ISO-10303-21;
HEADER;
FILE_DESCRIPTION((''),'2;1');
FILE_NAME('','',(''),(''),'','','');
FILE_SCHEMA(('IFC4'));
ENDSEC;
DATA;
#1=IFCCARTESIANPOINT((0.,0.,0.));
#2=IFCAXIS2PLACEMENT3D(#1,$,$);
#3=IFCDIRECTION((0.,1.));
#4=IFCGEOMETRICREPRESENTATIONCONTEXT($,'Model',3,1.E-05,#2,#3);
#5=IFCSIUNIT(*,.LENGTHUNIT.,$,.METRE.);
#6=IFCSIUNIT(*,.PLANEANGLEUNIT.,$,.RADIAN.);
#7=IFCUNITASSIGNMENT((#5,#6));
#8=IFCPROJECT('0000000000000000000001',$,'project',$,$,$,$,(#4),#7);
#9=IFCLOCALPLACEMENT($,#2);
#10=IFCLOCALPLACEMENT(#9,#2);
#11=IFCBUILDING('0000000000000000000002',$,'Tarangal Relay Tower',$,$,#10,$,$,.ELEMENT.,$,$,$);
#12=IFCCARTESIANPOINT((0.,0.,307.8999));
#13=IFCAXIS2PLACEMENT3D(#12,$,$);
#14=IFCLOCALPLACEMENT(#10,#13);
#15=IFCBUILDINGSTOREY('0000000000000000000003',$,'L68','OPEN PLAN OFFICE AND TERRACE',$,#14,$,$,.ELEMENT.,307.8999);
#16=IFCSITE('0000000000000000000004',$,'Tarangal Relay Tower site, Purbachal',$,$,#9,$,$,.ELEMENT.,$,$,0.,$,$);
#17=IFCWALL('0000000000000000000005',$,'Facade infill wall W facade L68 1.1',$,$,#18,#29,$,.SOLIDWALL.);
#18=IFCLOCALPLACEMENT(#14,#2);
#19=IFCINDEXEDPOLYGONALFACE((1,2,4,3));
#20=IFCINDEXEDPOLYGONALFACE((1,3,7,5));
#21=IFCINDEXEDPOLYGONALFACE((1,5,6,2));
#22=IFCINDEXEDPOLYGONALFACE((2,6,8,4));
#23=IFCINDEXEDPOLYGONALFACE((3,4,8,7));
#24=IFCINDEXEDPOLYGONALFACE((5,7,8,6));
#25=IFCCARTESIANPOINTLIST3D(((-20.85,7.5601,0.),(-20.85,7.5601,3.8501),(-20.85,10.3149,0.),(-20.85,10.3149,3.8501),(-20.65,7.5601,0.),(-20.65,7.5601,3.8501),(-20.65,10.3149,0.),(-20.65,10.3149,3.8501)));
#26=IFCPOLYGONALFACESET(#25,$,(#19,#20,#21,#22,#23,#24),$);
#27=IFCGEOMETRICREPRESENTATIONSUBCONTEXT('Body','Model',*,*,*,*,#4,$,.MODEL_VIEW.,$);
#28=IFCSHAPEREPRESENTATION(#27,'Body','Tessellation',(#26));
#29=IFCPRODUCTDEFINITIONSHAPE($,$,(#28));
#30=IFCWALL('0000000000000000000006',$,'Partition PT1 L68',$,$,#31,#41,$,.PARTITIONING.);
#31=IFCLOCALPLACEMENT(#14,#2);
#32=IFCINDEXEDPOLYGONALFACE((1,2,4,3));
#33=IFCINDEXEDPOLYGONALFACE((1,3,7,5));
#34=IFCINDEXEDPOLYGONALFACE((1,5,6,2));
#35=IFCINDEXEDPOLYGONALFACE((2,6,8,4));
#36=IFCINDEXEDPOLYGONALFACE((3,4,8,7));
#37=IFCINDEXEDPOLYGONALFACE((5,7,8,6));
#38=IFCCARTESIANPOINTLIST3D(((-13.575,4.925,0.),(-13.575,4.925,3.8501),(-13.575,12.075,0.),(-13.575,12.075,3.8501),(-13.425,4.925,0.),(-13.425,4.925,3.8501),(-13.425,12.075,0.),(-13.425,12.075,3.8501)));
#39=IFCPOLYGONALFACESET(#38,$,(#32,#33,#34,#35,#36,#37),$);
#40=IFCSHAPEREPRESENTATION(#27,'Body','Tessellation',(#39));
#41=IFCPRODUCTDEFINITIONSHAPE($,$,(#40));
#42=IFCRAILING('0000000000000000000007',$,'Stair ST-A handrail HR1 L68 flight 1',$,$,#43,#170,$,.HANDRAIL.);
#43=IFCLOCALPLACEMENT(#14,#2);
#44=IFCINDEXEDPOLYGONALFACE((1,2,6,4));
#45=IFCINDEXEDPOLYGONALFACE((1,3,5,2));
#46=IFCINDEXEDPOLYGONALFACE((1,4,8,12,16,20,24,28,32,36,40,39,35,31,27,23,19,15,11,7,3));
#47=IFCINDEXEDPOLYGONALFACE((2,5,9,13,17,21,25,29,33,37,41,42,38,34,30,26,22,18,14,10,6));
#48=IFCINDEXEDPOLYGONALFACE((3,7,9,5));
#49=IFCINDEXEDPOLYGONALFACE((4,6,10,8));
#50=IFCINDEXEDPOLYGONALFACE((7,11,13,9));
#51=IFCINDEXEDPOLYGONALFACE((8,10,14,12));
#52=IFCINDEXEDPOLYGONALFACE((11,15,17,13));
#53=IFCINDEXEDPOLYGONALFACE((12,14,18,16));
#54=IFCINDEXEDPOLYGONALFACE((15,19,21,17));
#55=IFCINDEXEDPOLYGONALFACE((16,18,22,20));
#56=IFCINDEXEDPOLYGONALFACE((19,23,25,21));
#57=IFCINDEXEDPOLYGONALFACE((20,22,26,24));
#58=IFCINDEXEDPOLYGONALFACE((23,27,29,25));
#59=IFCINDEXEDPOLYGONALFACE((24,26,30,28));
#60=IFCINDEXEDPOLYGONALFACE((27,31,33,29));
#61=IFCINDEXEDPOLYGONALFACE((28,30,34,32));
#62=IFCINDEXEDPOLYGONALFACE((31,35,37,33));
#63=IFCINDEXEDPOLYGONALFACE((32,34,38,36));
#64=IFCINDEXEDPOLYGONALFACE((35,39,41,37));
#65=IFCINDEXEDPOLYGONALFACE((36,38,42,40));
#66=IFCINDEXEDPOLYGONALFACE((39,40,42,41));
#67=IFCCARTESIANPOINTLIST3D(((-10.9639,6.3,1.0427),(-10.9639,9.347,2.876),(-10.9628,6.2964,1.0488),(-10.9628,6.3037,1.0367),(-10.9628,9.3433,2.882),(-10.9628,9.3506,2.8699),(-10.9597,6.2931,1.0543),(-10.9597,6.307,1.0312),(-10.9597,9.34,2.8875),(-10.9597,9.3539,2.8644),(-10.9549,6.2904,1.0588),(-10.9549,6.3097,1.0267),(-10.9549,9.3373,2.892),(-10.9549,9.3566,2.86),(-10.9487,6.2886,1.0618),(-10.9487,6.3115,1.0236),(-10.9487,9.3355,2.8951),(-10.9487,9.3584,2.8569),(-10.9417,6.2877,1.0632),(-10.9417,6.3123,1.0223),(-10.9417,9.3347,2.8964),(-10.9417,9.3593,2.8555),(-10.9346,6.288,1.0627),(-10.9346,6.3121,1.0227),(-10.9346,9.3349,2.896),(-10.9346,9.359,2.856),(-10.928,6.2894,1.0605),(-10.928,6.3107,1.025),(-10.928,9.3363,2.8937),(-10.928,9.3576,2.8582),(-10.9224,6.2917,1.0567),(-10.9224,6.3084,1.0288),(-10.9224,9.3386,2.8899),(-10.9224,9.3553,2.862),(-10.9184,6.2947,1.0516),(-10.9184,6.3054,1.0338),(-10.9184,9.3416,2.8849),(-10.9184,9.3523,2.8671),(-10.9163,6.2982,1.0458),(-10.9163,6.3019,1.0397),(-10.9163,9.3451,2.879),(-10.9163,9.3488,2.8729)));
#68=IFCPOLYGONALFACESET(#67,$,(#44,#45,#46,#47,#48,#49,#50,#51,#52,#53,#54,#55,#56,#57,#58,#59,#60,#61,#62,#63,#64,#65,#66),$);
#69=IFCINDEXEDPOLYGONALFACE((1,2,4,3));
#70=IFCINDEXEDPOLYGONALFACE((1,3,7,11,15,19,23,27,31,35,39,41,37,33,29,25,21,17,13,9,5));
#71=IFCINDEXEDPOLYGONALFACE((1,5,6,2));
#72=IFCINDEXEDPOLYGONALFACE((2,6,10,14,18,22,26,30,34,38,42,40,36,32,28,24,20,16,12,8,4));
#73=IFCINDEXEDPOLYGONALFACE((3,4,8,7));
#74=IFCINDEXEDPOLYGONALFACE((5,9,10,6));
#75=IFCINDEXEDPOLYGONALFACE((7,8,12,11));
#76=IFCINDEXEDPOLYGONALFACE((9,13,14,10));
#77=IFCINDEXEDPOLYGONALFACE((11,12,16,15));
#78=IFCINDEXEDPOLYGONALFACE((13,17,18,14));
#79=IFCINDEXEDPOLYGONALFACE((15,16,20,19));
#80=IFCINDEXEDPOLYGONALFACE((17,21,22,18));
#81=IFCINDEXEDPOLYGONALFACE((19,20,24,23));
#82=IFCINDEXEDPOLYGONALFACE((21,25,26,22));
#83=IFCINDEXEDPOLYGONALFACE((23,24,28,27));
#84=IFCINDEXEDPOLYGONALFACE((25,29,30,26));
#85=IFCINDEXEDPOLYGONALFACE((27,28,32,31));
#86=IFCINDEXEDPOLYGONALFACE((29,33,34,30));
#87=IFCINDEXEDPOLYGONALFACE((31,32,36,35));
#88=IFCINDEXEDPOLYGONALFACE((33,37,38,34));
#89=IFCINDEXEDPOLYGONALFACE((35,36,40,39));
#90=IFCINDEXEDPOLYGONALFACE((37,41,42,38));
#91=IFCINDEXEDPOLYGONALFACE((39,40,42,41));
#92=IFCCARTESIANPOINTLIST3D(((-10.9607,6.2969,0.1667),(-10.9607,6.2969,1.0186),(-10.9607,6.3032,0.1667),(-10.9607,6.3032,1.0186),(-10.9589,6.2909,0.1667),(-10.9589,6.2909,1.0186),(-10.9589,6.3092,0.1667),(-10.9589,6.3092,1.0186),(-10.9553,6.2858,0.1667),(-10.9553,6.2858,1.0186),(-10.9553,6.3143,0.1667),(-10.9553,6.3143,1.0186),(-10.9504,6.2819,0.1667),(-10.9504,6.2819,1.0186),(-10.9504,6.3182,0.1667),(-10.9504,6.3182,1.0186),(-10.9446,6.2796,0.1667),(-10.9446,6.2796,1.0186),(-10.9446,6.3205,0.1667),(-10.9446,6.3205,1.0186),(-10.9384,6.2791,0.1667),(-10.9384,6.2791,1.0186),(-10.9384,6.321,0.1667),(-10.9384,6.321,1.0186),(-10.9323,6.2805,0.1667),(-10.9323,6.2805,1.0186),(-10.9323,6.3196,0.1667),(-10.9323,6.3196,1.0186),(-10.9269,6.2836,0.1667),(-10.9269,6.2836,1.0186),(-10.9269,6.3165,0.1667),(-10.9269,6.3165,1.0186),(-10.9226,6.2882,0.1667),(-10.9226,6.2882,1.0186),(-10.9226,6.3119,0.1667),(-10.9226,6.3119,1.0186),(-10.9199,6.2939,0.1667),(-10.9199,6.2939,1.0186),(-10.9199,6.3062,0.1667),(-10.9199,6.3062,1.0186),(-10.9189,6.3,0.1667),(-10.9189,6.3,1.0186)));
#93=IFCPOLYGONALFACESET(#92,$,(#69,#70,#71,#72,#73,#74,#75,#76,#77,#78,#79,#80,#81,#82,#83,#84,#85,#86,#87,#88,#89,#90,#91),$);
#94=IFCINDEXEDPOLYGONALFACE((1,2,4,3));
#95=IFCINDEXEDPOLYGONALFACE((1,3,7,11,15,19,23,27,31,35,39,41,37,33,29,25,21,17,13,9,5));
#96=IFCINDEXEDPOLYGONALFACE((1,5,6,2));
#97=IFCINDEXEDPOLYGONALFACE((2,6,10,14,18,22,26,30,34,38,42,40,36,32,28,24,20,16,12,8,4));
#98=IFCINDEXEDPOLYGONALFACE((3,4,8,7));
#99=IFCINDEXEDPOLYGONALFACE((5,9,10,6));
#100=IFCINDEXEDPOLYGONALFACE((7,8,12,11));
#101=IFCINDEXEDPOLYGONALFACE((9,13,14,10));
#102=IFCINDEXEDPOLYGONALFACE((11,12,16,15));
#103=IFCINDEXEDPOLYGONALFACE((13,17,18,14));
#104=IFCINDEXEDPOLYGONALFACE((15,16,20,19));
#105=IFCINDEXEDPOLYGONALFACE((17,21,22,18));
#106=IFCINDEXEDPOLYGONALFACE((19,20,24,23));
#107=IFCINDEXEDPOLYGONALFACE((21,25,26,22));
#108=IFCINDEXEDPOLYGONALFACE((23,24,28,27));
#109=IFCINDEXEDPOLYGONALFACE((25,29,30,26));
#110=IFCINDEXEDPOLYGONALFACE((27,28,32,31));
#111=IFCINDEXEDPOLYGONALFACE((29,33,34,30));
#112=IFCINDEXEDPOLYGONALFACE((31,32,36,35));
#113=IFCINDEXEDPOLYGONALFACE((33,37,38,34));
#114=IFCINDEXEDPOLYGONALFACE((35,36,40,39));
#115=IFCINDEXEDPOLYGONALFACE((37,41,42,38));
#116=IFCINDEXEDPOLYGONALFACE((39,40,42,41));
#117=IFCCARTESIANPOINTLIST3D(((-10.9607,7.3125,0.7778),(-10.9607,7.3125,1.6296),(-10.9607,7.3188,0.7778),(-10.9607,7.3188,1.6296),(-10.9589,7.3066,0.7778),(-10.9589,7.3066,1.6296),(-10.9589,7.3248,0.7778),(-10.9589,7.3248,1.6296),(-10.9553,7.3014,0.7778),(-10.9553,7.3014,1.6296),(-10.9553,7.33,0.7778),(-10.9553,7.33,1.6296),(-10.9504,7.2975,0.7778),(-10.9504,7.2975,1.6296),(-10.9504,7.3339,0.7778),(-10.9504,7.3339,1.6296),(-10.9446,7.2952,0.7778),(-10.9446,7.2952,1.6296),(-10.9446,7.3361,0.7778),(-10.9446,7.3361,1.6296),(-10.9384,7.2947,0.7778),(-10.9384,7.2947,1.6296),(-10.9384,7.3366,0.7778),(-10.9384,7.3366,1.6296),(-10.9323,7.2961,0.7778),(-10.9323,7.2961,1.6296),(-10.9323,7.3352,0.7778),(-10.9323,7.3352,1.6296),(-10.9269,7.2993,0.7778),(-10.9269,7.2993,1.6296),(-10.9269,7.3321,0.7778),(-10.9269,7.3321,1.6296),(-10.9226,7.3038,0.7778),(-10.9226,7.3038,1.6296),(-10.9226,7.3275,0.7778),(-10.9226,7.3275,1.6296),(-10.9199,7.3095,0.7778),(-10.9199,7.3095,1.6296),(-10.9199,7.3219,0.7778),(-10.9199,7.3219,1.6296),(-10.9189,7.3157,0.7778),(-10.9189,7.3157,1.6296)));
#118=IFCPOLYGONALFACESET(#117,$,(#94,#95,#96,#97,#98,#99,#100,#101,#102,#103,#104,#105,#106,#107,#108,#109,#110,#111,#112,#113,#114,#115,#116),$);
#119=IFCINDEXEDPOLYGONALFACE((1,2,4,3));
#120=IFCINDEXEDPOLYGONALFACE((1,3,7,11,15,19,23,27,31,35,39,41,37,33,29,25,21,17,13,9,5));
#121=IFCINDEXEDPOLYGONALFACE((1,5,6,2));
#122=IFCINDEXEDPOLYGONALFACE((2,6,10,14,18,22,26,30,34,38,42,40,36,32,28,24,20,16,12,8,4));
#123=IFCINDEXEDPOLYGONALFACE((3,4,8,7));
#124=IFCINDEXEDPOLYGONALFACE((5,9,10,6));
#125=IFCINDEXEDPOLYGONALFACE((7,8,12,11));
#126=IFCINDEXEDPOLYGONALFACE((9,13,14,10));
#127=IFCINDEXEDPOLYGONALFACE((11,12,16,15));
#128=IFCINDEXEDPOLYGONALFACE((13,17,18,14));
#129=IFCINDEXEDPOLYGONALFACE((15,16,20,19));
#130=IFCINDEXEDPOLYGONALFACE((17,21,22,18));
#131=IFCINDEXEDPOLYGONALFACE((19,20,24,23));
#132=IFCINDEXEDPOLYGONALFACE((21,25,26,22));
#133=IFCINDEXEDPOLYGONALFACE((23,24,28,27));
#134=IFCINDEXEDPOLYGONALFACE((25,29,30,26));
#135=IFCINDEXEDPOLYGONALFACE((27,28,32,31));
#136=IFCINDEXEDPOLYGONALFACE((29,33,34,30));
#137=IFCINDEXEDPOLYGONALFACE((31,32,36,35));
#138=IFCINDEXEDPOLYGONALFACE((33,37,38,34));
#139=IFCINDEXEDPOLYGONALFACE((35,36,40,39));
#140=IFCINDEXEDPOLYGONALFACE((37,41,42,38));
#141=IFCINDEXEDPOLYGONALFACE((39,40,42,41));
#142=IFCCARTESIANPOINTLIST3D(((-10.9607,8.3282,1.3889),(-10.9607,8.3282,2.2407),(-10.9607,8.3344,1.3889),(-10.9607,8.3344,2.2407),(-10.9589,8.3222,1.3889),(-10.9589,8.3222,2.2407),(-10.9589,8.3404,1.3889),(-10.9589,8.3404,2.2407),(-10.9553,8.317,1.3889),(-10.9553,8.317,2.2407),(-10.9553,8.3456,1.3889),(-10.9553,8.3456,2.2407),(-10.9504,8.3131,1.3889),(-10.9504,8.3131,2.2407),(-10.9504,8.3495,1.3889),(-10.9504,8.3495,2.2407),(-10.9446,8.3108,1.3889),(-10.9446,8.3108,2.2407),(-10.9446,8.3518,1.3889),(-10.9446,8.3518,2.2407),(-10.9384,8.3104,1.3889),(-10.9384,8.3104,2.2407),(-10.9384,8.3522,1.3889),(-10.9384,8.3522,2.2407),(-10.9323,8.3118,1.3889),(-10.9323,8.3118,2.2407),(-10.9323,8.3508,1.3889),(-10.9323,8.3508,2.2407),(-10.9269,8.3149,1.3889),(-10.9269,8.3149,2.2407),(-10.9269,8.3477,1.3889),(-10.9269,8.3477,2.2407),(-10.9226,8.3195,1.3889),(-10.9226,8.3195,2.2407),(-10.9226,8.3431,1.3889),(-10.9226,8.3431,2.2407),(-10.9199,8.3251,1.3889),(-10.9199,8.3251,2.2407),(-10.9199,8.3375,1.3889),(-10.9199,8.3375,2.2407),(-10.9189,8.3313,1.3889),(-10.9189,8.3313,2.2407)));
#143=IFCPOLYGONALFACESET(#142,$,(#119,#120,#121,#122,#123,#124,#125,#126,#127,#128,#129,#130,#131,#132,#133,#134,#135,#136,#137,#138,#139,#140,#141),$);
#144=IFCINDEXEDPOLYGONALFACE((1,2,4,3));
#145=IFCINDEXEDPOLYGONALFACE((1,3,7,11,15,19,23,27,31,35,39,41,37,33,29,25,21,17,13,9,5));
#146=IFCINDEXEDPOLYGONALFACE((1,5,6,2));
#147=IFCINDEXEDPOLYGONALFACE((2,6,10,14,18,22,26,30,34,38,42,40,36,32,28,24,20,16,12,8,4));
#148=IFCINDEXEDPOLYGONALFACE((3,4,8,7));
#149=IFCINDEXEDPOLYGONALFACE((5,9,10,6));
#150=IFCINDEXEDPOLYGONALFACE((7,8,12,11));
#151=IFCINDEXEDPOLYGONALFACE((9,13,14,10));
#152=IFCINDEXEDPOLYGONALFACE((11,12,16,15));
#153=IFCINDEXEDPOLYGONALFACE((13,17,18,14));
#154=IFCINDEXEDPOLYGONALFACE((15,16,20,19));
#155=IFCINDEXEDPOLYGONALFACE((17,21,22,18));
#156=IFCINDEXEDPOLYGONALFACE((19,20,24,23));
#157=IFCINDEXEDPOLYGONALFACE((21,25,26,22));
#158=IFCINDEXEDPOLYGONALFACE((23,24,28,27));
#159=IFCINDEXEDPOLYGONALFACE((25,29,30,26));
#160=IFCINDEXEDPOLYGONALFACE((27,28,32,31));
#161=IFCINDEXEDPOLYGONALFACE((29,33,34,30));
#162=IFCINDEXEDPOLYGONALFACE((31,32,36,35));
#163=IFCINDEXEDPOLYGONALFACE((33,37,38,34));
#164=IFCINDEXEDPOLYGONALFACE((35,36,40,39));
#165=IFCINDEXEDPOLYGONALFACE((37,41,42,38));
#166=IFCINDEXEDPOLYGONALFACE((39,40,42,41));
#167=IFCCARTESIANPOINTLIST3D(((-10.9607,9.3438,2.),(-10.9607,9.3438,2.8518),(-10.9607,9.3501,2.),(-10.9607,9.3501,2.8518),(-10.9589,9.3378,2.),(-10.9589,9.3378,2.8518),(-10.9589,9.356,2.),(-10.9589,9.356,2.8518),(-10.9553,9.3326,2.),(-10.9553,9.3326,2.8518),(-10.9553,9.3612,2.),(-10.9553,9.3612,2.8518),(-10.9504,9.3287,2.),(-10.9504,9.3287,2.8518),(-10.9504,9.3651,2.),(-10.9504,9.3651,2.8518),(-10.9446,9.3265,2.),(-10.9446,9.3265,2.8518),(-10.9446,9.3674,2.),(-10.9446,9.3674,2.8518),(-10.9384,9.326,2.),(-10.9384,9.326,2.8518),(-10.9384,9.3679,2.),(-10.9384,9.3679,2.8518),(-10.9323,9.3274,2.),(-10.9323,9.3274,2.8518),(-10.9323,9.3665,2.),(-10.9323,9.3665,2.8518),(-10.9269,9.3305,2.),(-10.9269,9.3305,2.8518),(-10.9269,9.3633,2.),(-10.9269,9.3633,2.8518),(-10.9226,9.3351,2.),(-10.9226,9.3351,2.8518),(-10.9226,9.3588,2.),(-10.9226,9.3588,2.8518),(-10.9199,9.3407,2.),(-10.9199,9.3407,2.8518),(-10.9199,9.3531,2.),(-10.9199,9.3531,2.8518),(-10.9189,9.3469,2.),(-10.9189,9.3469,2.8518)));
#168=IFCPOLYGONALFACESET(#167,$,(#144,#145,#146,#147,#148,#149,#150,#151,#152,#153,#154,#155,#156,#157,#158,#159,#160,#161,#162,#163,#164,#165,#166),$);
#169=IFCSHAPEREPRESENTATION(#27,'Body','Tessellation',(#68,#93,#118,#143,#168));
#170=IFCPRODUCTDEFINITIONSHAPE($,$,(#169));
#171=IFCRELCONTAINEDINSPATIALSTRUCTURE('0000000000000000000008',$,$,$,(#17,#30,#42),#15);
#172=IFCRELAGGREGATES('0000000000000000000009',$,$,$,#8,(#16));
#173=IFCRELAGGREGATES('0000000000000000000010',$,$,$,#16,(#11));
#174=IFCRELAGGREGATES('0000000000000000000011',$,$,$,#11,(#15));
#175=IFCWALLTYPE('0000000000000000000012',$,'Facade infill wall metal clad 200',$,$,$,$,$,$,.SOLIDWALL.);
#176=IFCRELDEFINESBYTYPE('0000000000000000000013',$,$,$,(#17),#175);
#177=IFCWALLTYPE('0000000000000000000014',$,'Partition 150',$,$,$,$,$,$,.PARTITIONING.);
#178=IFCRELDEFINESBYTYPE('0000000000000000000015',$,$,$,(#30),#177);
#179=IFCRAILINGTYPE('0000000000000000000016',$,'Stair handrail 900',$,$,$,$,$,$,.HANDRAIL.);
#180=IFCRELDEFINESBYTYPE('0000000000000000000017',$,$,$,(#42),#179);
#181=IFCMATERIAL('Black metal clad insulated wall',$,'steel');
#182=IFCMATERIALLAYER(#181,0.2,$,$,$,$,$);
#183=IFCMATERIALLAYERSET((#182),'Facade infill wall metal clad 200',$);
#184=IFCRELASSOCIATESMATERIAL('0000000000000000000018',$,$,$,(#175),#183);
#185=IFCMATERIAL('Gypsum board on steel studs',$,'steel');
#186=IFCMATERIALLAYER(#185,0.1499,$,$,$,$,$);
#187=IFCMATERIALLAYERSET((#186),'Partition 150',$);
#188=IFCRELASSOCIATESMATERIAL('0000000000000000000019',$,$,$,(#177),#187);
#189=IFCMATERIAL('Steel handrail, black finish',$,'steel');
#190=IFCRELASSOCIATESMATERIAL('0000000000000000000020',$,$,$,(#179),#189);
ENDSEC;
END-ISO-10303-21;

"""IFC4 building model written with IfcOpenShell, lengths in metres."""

from ifc_helpers import new_model, si_unit, direction, frame, frame_2d, origin, origin_2d, place, context, subcontext, project, spatial, rectangle, circle, extrude, material, layer, layer_set, type_object, element, save


model = new_model("IFC4")

# Units and contexts
model_context = context("Model", 3, precision=1e-05, world=origin(), true_north=direction((0.0, 1.0)))
body_context = subcontext(model_context, "Body", "Model", "MODEL_VIEW")
ifc_project = project(units=[si_unit("LENGTHUNIT", "METRE"), si_unit("PLANEANGLEUNIT", "RADIAN")], contexts=[model_context])

# Site, building, storey
site_placement = place(None, origin())
site = spatial("IfcSite", under=ifc_project, at=site_placement, Name="Tarangal Relay Tower site, Purbachal", CompositionType="ELEMENT", RefElevation=0.0)
building_placement = place(site_placement, origin())
building = spatial("IfcBuilding", under=site, at=building_placement, Name="Tarangal Relay Tower", CompositionType="ELEMENT")
storey_placement = place(building_placement, frame((0.0, 0.0, 307.8999)))
storey = spatial("IfcBuildingStorey", under=building, at=storey_placement, Name="L68", Description="OPEN PLAN OFFICE AND TERRACE", CompositionType="ELEMENT", Elevation=307.8999)

# Walls
ifc_material_1 = material(Name="Black metal clad insulated wall", Category="steel")
ifc_layer_1 = layer(ifc_material_1, 0.2)
ifc_layer_set_1 = layer_set([ifc_layer_1], Name="Facade infill wall metal clad 200")
wall_type_1 = type_object("IfcWallType", Name="Facade infill wall metal clad 200", PredefinedType="SOLIDWALL", material=ifc_layer_set_1)
wall_1_placement = place(storey_placement, frame((-20.75, 7.5601, 0.0), z_axis=(0.0, 0.0, 1.0), x_axis=(0.0, 1.0, 0.0)))
element("IfcWall", 1, at=wall_1_placement, inside=storey, type_object=wall_type_1, Name="Facade infill wall W facade L68 1.1", PredefinedType="SOLIDWALL", context=body_context, shape_type="SweptSolid", body=[
    extrude(rectangle(XDim=2.7549, YDim=0.2, at=frame_2d((1.3774, 0.0))), origin(), (0.0, 0.0, 1.0), 3.8501),
])
ifc_material_2 = material(Name="Gypsum board on steel studs", Category="steel")
ifc_layer_2 = layer(ifc_material_2, 0.1499)
ifc_layer_set_2 = layer_set([ifc_layer_2], Name="Partition 150")
wall_type_2 = type_object("IfcWallType", Name="Partition 150", PredefinedType="PARTITIONING", material=ifc_layer_set_2)
wall_2_placement = place(storey_placement, frame((-13.5, 4.925, 0.0), z_axis=(0.0, 0.0, 1.0), x_axis=(0.0, 1.0, 0.0)))
element("IfcWall", 2, at=wall_2_placement, inside=storey, type_object=wall_type_2, Name="Partition PT1 L68", PredefinedType="PARTITIONING", context=body_context, shape_type="SweptSolid", body=[
    extrude(rectangle(XDim=7.1499, YDim=0.1499, at=frame_2d((3.575, 0.0))), origin(), (0.0, 0.0, 1.0), 3.8501),
])

# Railing
ifc_material_3 = material(Name="Steel handrail, black finish", Category="steel")
railing_type = type_object("IfcRailingType", Name="Stair handrail 900", PredefinedType="HANDRAIL", material=ifc_material_3)
railing_placement = place(storey_placement, frame((-10.9399, 6.3, 0.1667)))
element("IfcRailing", 3, at=railing_placement, inside=storey, type_object=railing_type, Name="Stair ST-A handrail HR1 L68 flight 1", PredefinedType="HANDRAIL", context=body_context, shape_type="SweptSolid", body=[
    extrude(circle(Radius=0.0239, at=origin_2d()), frame((0.0, 0.0, 0.876), z_axis=(0.0, 0.856856, 0.515556), x_axis=(-1.0, 0.0, 0.0)), (0.0, 0.0, 1.0), 3.5559),
    extrude(circle(Radius=0.021, at=origin_2d()), origin(), (0.0, 0.0, 1.0), 0.8518),
    extrude(circle(Radius=0.021, at=origin_2d()), frame((0.0, 1.0156, 0.6111)), (0.0, 0.0, 1.0), 0.8518),
    extrude(circle(Radius=0.021, at=origin_2d()), frame((0.0, 2.0312, 1.2222)), (0.0, 0.0, 1.0), 0.8518),
    extrude(circle(Radius=0.021, at=origin_2d()), frame((0.0, 3.0469, 1.8333)), (0.0, 0.0, 1.0), 0.8518),
])

save(model, "model.ifc")
